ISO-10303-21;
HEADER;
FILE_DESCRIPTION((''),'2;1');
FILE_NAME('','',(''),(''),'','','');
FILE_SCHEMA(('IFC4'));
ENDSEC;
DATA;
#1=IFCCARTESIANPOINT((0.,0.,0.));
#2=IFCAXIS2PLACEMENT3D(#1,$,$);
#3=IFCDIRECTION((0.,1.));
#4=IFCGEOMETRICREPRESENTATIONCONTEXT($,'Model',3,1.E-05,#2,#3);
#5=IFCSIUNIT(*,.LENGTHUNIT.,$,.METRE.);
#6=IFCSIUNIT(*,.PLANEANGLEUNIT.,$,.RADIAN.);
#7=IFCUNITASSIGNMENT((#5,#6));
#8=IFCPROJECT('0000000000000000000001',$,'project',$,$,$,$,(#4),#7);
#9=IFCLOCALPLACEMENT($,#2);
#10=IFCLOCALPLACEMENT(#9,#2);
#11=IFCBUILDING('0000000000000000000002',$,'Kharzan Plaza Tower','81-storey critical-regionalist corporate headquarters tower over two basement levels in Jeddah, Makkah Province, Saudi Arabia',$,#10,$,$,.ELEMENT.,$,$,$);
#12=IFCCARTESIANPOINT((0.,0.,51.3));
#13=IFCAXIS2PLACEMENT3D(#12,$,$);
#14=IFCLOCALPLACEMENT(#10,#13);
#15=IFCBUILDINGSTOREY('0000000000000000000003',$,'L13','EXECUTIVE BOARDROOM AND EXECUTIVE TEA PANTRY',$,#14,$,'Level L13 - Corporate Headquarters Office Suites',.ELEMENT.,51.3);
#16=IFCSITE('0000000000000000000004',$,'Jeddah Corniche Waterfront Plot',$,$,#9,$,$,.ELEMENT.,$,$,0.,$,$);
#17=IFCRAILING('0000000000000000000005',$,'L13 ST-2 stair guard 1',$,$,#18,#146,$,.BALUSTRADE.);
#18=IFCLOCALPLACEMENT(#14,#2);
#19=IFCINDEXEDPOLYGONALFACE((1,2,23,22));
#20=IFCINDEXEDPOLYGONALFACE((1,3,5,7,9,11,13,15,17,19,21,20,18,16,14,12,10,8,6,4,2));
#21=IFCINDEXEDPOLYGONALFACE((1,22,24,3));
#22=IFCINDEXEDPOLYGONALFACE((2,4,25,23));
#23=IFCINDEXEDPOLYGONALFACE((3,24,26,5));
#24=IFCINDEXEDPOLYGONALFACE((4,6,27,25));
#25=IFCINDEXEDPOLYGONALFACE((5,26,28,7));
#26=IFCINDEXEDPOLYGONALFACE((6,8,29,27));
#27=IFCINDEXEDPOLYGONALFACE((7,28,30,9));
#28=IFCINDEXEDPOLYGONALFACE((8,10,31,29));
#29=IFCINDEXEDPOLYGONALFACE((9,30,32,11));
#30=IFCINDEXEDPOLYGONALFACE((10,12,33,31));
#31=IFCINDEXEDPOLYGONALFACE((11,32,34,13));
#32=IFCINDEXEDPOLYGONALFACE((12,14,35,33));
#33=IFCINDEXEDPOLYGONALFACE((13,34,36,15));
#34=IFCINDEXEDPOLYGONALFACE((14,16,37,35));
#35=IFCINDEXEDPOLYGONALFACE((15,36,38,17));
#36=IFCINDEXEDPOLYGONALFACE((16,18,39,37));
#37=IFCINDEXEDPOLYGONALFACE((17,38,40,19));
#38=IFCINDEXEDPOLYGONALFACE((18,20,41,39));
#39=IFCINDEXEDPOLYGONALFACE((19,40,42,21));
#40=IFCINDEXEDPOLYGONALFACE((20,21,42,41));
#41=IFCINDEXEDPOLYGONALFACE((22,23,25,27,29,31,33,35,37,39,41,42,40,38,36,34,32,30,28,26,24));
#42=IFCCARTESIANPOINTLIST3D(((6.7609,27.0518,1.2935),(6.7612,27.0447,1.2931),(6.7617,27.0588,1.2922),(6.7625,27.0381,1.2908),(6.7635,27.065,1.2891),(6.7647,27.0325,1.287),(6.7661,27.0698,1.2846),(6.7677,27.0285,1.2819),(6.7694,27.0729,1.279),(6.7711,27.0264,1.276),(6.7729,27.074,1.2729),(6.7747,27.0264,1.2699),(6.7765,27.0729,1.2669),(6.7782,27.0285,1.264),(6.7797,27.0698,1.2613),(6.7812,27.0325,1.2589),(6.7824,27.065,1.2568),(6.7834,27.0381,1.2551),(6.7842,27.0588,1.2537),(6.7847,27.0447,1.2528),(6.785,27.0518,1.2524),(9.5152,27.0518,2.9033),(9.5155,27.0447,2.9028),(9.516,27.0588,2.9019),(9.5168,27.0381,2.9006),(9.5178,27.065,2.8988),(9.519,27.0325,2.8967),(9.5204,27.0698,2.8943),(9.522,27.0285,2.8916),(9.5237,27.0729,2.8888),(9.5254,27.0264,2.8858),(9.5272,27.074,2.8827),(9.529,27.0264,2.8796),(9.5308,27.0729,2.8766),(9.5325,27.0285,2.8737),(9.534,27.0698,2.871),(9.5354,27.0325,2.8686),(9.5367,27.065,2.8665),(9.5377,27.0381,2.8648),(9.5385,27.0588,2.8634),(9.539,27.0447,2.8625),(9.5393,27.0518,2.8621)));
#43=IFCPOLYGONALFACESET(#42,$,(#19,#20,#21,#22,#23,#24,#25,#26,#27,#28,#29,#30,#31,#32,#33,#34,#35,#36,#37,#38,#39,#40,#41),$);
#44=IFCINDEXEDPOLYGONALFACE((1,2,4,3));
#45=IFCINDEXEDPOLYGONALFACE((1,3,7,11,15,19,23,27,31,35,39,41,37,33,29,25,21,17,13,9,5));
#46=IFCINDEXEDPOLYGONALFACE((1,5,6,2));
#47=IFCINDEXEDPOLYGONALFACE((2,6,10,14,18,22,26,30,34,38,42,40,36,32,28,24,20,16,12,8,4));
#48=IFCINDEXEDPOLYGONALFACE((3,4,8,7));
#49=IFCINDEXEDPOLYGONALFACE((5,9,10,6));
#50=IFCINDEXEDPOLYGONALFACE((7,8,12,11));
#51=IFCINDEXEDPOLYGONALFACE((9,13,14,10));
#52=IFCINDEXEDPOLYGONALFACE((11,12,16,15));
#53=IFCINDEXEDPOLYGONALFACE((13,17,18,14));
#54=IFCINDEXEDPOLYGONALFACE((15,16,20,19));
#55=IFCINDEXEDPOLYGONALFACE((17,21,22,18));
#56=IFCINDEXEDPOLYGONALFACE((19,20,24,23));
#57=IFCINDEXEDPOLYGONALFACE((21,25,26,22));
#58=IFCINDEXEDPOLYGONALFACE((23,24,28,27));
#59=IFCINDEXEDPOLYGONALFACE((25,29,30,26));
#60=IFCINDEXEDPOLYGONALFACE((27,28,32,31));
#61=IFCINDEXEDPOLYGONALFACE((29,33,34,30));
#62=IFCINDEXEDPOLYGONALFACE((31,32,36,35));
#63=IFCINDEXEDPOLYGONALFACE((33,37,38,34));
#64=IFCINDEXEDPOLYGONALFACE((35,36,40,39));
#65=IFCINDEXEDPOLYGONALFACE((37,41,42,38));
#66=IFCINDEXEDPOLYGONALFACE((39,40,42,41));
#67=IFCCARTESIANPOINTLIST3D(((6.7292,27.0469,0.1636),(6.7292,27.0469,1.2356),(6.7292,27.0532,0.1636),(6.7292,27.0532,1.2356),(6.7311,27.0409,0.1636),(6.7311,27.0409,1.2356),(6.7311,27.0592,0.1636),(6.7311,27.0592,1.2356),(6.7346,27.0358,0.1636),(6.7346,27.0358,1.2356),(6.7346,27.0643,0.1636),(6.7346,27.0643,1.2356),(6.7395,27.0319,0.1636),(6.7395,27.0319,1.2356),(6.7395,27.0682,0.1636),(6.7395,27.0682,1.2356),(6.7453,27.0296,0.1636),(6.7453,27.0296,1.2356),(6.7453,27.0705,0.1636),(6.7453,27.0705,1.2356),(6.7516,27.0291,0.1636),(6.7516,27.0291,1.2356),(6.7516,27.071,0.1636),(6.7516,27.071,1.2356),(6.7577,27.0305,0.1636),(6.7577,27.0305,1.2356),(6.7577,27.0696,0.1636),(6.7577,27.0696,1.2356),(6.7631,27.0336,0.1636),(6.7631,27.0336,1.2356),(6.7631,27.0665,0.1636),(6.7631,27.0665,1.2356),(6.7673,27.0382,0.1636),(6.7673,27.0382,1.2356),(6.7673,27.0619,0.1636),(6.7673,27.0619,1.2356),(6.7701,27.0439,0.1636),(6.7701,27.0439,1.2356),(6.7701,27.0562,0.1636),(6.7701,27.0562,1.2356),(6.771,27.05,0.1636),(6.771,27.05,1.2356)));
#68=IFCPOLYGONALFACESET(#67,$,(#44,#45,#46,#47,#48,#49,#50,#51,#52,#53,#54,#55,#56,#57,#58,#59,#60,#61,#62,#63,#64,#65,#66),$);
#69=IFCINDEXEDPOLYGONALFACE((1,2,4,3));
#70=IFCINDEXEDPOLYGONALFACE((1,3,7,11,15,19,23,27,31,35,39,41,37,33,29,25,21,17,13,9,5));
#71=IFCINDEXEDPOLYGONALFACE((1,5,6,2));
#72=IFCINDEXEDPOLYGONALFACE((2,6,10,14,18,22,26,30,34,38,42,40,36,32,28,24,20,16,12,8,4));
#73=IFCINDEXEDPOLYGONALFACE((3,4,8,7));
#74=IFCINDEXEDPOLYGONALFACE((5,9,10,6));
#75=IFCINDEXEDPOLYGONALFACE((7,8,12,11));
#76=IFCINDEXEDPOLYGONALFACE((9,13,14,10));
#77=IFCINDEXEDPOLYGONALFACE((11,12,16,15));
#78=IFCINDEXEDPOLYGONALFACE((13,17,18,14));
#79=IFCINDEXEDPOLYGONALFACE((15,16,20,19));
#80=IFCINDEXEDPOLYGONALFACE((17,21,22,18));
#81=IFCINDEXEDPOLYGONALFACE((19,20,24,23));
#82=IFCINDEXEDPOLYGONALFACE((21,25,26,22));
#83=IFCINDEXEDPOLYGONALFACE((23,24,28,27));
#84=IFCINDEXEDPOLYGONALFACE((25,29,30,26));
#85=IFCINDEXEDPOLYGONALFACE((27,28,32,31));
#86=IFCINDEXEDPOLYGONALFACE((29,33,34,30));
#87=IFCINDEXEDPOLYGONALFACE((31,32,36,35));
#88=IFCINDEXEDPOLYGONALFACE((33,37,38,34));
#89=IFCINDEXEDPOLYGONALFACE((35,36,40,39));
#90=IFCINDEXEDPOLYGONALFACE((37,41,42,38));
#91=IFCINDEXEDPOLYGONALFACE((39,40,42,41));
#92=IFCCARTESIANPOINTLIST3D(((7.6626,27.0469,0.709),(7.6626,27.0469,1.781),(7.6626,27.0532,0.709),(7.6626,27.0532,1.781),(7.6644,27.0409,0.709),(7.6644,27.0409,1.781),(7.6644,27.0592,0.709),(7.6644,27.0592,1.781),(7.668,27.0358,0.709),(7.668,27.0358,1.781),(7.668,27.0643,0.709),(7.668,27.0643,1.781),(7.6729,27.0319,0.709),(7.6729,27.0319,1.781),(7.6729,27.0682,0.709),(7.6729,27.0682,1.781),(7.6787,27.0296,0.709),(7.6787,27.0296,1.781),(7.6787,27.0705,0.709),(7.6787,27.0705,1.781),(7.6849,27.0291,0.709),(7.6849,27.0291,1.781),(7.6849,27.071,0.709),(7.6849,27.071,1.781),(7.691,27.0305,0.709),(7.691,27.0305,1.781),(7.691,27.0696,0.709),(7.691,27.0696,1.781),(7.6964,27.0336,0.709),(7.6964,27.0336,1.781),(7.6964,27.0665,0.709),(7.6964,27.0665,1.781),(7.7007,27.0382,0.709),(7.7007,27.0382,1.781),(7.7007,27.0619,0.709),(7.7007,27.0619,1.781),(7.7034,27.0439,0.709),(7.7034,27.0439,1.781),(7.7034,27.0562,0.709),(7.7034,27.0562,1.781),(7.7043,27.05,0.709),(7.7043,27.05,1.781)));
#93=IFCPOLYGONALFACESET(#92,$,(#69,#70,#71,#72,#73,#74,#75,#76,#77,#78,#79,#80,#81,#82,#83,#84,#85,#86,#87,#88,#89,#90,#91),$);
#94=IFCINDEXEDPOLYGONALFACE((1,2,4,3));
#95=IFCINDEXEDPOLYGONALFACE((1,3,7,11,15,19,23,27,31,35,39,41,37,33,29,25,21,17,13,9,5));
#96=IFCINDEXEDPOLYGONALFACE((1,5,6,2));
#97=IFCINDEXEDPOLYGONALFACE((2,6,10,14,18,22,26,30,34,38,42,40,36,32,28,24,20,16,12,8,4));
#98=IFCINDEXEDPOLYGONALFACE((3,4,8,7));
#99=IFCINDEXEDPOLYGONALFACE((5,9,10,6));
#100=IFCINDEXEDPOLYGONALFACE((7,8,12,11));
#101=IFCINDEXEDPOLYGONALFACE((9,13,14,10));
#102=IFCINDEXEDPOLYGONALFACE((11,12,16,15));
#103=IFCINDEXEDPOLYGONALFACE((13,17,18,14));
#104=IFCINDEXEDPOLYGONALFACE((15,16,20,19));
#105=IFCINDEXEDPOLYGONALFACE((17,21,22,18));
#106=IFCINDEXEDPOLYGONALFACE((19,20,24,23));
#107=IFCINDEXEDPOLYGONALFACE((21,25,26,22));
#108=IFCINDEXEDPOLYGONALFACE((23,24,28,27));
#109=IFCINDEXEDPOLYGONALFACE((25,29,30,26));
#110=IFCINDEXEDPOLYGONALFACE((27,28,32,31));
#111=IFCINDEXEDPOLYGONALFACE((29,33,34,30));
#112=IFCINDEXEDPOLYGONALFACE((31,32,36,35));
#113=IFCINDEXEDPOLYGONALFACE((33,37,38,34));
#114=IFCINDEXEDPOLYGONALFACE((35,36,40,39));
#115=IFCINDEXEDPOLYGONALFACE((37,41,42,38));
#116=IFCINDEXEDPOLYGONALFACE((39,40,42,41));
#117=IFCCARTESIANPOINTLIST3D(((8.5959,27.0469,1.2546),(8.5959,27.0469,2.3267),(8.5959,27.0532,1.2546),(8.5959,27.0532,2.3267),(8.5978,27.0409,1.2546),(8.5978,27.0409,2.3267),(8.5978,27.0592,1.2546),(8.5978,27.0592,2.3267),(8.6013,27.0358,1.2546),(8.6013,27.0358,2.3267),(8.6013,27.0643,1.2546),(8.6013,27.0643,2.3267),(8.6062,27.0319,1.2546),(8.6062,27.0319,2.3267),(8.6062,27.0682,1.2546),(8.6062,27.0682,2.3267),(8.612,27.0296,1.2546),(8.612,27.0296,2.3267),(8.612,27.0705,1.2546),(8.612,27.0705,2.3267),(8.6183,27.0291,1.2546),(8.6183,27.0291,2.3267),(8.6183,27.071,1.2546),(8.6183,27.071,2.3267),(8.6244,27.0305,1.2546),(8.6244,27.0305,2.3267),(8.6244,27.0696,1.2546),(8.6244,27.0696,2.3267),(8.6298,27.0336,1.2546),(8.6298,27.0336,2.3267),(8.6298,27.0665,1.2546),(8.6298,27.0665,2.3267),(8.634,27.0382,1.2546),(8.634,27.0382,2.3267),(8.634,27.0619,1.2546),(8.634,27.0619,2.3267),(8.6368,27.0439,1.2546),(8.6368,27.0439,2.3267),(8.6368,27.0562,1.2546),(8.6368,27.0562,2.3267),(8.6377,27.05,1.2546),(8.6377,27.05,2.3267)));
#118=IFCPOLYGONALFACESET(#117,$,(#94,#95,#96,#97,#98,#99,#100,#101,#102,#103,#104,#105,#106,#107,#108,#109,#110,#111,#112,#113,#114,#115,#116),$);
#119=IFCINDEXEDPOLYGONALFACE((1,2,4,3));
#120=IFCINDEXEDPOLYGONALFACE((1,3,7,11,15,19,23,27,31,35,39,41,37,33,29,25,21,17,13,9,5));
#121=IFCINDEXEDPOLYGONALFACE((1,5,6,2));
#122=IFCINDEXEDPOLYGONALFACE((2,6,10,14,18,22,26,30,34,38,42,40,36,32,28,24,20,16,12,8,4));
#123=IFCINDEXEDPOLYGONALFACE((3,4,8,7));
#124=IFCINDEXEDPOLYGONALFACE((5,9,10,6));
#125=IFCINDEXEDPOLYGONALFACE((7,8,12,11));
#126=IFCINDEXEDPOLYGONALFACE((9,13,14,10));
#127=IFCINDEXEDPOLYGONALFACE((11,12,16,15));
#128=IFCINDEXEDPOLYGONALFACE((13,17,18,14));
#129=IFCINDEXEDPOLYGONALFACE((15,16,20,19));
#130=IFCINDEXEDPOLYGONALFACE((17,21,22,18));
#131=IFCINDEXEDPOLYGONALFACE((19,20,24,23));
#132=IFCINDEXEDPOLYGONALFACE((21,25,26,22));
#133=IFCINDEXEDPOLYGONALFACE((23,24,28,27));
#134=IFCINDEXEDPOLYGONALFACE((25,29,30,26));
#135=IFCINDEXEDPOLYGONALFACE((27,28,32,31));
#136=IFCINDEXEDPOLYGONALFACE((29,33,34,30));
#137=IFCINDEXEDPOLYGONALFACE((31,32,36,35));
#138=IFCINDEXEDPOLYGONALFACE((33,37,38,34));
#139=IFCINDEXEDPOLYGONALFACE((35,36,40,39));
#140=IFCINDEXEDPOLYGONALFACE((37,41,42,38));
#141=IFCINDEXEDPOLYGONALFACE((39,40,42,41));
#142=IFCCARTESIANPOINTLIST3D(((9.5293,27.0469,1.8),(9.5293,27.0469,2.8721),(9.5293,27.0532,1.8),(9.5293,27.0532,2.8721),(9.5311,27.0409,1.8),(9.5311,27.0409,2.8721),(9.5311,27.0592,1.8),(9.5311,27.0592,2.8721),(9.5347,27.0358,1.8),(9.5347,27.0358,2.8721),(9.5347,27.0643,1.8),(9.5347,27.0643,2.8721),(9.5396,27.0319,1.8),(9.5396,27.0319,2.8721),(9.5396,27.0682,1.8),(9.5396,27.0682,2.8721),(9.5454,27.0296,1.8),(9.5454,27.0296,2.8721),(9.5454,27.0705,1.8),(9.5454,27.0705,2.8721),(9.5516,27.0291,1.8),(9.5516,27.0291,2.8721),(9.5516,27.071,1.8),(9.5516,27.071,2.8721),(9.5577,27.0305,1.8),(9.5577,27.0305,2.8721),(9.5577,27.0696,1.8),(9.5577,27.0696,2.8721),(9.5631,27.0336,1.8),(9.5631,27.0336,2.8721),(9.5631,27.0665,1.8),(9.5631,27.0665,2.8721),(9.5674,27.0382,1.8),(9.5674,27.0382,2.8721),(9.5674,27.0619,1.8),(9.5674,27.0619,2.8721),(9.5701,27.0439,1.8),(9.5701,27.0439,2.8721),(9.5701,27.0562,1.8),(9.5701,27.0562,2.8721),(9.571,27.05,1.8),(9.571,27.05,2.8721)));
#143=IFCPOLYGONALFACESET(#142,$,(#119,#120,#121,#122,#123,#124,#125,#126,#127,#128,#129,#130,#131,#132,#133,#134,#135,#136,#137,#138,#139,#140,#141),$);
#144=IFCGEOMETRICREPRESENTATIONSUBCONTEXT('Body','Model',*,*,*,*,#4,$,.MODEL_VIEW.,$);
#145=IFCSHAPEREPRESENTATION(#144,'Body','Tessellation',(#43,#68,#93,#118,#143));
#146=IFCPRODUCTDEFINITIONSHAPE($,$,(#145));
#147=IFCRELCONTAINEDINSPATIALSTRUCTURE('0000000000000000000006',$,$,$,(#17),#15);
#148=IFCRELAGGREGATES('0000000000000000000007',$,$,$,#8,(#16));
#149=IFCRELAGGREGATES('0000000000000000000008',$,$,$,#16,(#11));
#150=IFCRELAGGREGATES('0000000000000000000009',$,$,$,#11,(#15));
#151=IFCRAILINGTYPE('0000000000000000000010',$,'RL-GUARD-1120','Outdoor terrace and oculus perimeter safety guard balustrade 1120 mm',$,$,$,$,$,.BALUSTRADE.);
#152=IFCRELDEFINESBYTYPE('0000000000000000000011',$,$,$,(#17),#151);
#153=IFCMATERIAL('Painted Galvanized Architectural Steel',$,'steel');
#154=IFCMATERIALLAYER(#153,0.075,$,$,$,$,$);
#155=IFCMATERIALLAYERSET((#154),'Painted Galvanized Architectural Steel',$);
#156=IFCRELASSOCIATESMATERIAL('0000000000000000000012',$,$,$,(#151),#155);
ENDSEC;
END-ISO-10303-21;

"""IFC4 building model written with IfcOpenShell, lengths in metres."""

from ifc_helpers import new_model, si_unit, direction, frame, origin, origin_2d, place, context, subcontext, project, spatial, circle, extrude, source, transform, mapped, material, layer, layer_set, type_object, element, save


model = new_model("IFC4")

# Units and contexts
model_context = context("Model", 3, precision=1e-05, world=origin(), true_north=direction((0.0, 1.0)))
body_context = subcontext(model_context, "Body", "Model", "MODEL_VIEW")
ifc_project = project(units=[si_unit("LENGTHUNIT", "METRE"), si_unit("PLANEANGLEUNIT", "RADIAN")], contexts=[model_context])

# Site, building, storey
site_placement = place(None, origin())
site = spatial("IfcSite", under=ifc_project, at=site_placement, Name="Jeddah Corniche Waterfront Plot", CompositionType="ELEMENT", RefElevation=0.0)
building_placement = place(site_placement, origin())
building = spatial("IfcBuilding", under=site, at=building_placement, Name="Kharzan Plaza Tower", Description="81-storey critical-regionalist corporate headquarters tower over two basement levels in Jeddah, Makkah Province, Saudi Arabia", CompositionType="ELEMENT")
storey_placement = place(building_placement, frame((0.0, 0.0, 51.3)))
storey = spatial("IfcBuildingStorey", under=building, at=storey_placement, Name="L13", Description="EXECUTIVE BOARDROOM AND EXECUTIVE TEA PANTRY", LongName="Level L13 - Corporate Headquarters Office Suites", CompositionType="ELEMENT", Elevation=51.3)

# Railing
ifc_material_1 = material(Name="Painted Galvanized Architectural Steel", Category="steel")
ifc_layer_1 = layer(ifc_material_1, 0.075)
ifc_layer_set_1 = layer_set([ifc_layer_1], Name="Painted Galvanized Architectural Steel")
railing_type_1 = type_object("IfcRailingType", Name="RL-GUARD-1120", Description="Outdoor terrace and oculus perimeter safety guard balustrade 1120 mm", PredefinedType="BALUSTRADE", material=ifc_layer_set_1)
shared_shape_1 = source(origin(), body_context, "Body", "SweptSolid", [
    extrude(circle(Radius=0.0239, at=origin_2d()), frame((0.0229, 0.0, 1.1094), z_axis=(0.863361, 0.0, 0.504587), x_axis=(0.0, 1.0, 0.0)), (0.0, 0.0, 1.0), 3.1902),
    extrude(circle(Radius=0.021, at=origin_2d()), origin(), (0.0, 0.0, 1.0), 1.072),
    extrude(circle(Radius=0.021, at=origin_2d()), frame((0.9333, 0.0, 0.5454)), (0.0, 0.0, 1.0), 1.072),
    extrude(circle(Radius=0.021, at=origin_2d()), frame((1.8667, 0.0, 1.0911)), (0.0, 0.0, 1.0), 1.072),
    extrude(circle(Radius=0.021, at=origin_2d()), frame((2.8, 0.0, 1.6365)), (0.0, 0.0, 1.0), 1.072),
])
railing_1_placement = place(storey_placement, frame((6.75, 27.05, 0.1636)))
element("IfcRailing", 1, at=railing_1_placement, inside=storey, type_object=railing_type_1, Name="L13 ST-2 stair guard 1", PredefinedType="BALUSTRADE", context=body_context, shape_type="MappedRepresentation", body=[
    mapped(shared_shape_1, transform((0.0, 0.0, 0.0), x_axis=(1.0, 0.0, 0.0), y_axis=(0.0, 1.0, 0.0), z_axis=(0.0, 0.0, 1.0))),
])

save(model, "model.ifc")
